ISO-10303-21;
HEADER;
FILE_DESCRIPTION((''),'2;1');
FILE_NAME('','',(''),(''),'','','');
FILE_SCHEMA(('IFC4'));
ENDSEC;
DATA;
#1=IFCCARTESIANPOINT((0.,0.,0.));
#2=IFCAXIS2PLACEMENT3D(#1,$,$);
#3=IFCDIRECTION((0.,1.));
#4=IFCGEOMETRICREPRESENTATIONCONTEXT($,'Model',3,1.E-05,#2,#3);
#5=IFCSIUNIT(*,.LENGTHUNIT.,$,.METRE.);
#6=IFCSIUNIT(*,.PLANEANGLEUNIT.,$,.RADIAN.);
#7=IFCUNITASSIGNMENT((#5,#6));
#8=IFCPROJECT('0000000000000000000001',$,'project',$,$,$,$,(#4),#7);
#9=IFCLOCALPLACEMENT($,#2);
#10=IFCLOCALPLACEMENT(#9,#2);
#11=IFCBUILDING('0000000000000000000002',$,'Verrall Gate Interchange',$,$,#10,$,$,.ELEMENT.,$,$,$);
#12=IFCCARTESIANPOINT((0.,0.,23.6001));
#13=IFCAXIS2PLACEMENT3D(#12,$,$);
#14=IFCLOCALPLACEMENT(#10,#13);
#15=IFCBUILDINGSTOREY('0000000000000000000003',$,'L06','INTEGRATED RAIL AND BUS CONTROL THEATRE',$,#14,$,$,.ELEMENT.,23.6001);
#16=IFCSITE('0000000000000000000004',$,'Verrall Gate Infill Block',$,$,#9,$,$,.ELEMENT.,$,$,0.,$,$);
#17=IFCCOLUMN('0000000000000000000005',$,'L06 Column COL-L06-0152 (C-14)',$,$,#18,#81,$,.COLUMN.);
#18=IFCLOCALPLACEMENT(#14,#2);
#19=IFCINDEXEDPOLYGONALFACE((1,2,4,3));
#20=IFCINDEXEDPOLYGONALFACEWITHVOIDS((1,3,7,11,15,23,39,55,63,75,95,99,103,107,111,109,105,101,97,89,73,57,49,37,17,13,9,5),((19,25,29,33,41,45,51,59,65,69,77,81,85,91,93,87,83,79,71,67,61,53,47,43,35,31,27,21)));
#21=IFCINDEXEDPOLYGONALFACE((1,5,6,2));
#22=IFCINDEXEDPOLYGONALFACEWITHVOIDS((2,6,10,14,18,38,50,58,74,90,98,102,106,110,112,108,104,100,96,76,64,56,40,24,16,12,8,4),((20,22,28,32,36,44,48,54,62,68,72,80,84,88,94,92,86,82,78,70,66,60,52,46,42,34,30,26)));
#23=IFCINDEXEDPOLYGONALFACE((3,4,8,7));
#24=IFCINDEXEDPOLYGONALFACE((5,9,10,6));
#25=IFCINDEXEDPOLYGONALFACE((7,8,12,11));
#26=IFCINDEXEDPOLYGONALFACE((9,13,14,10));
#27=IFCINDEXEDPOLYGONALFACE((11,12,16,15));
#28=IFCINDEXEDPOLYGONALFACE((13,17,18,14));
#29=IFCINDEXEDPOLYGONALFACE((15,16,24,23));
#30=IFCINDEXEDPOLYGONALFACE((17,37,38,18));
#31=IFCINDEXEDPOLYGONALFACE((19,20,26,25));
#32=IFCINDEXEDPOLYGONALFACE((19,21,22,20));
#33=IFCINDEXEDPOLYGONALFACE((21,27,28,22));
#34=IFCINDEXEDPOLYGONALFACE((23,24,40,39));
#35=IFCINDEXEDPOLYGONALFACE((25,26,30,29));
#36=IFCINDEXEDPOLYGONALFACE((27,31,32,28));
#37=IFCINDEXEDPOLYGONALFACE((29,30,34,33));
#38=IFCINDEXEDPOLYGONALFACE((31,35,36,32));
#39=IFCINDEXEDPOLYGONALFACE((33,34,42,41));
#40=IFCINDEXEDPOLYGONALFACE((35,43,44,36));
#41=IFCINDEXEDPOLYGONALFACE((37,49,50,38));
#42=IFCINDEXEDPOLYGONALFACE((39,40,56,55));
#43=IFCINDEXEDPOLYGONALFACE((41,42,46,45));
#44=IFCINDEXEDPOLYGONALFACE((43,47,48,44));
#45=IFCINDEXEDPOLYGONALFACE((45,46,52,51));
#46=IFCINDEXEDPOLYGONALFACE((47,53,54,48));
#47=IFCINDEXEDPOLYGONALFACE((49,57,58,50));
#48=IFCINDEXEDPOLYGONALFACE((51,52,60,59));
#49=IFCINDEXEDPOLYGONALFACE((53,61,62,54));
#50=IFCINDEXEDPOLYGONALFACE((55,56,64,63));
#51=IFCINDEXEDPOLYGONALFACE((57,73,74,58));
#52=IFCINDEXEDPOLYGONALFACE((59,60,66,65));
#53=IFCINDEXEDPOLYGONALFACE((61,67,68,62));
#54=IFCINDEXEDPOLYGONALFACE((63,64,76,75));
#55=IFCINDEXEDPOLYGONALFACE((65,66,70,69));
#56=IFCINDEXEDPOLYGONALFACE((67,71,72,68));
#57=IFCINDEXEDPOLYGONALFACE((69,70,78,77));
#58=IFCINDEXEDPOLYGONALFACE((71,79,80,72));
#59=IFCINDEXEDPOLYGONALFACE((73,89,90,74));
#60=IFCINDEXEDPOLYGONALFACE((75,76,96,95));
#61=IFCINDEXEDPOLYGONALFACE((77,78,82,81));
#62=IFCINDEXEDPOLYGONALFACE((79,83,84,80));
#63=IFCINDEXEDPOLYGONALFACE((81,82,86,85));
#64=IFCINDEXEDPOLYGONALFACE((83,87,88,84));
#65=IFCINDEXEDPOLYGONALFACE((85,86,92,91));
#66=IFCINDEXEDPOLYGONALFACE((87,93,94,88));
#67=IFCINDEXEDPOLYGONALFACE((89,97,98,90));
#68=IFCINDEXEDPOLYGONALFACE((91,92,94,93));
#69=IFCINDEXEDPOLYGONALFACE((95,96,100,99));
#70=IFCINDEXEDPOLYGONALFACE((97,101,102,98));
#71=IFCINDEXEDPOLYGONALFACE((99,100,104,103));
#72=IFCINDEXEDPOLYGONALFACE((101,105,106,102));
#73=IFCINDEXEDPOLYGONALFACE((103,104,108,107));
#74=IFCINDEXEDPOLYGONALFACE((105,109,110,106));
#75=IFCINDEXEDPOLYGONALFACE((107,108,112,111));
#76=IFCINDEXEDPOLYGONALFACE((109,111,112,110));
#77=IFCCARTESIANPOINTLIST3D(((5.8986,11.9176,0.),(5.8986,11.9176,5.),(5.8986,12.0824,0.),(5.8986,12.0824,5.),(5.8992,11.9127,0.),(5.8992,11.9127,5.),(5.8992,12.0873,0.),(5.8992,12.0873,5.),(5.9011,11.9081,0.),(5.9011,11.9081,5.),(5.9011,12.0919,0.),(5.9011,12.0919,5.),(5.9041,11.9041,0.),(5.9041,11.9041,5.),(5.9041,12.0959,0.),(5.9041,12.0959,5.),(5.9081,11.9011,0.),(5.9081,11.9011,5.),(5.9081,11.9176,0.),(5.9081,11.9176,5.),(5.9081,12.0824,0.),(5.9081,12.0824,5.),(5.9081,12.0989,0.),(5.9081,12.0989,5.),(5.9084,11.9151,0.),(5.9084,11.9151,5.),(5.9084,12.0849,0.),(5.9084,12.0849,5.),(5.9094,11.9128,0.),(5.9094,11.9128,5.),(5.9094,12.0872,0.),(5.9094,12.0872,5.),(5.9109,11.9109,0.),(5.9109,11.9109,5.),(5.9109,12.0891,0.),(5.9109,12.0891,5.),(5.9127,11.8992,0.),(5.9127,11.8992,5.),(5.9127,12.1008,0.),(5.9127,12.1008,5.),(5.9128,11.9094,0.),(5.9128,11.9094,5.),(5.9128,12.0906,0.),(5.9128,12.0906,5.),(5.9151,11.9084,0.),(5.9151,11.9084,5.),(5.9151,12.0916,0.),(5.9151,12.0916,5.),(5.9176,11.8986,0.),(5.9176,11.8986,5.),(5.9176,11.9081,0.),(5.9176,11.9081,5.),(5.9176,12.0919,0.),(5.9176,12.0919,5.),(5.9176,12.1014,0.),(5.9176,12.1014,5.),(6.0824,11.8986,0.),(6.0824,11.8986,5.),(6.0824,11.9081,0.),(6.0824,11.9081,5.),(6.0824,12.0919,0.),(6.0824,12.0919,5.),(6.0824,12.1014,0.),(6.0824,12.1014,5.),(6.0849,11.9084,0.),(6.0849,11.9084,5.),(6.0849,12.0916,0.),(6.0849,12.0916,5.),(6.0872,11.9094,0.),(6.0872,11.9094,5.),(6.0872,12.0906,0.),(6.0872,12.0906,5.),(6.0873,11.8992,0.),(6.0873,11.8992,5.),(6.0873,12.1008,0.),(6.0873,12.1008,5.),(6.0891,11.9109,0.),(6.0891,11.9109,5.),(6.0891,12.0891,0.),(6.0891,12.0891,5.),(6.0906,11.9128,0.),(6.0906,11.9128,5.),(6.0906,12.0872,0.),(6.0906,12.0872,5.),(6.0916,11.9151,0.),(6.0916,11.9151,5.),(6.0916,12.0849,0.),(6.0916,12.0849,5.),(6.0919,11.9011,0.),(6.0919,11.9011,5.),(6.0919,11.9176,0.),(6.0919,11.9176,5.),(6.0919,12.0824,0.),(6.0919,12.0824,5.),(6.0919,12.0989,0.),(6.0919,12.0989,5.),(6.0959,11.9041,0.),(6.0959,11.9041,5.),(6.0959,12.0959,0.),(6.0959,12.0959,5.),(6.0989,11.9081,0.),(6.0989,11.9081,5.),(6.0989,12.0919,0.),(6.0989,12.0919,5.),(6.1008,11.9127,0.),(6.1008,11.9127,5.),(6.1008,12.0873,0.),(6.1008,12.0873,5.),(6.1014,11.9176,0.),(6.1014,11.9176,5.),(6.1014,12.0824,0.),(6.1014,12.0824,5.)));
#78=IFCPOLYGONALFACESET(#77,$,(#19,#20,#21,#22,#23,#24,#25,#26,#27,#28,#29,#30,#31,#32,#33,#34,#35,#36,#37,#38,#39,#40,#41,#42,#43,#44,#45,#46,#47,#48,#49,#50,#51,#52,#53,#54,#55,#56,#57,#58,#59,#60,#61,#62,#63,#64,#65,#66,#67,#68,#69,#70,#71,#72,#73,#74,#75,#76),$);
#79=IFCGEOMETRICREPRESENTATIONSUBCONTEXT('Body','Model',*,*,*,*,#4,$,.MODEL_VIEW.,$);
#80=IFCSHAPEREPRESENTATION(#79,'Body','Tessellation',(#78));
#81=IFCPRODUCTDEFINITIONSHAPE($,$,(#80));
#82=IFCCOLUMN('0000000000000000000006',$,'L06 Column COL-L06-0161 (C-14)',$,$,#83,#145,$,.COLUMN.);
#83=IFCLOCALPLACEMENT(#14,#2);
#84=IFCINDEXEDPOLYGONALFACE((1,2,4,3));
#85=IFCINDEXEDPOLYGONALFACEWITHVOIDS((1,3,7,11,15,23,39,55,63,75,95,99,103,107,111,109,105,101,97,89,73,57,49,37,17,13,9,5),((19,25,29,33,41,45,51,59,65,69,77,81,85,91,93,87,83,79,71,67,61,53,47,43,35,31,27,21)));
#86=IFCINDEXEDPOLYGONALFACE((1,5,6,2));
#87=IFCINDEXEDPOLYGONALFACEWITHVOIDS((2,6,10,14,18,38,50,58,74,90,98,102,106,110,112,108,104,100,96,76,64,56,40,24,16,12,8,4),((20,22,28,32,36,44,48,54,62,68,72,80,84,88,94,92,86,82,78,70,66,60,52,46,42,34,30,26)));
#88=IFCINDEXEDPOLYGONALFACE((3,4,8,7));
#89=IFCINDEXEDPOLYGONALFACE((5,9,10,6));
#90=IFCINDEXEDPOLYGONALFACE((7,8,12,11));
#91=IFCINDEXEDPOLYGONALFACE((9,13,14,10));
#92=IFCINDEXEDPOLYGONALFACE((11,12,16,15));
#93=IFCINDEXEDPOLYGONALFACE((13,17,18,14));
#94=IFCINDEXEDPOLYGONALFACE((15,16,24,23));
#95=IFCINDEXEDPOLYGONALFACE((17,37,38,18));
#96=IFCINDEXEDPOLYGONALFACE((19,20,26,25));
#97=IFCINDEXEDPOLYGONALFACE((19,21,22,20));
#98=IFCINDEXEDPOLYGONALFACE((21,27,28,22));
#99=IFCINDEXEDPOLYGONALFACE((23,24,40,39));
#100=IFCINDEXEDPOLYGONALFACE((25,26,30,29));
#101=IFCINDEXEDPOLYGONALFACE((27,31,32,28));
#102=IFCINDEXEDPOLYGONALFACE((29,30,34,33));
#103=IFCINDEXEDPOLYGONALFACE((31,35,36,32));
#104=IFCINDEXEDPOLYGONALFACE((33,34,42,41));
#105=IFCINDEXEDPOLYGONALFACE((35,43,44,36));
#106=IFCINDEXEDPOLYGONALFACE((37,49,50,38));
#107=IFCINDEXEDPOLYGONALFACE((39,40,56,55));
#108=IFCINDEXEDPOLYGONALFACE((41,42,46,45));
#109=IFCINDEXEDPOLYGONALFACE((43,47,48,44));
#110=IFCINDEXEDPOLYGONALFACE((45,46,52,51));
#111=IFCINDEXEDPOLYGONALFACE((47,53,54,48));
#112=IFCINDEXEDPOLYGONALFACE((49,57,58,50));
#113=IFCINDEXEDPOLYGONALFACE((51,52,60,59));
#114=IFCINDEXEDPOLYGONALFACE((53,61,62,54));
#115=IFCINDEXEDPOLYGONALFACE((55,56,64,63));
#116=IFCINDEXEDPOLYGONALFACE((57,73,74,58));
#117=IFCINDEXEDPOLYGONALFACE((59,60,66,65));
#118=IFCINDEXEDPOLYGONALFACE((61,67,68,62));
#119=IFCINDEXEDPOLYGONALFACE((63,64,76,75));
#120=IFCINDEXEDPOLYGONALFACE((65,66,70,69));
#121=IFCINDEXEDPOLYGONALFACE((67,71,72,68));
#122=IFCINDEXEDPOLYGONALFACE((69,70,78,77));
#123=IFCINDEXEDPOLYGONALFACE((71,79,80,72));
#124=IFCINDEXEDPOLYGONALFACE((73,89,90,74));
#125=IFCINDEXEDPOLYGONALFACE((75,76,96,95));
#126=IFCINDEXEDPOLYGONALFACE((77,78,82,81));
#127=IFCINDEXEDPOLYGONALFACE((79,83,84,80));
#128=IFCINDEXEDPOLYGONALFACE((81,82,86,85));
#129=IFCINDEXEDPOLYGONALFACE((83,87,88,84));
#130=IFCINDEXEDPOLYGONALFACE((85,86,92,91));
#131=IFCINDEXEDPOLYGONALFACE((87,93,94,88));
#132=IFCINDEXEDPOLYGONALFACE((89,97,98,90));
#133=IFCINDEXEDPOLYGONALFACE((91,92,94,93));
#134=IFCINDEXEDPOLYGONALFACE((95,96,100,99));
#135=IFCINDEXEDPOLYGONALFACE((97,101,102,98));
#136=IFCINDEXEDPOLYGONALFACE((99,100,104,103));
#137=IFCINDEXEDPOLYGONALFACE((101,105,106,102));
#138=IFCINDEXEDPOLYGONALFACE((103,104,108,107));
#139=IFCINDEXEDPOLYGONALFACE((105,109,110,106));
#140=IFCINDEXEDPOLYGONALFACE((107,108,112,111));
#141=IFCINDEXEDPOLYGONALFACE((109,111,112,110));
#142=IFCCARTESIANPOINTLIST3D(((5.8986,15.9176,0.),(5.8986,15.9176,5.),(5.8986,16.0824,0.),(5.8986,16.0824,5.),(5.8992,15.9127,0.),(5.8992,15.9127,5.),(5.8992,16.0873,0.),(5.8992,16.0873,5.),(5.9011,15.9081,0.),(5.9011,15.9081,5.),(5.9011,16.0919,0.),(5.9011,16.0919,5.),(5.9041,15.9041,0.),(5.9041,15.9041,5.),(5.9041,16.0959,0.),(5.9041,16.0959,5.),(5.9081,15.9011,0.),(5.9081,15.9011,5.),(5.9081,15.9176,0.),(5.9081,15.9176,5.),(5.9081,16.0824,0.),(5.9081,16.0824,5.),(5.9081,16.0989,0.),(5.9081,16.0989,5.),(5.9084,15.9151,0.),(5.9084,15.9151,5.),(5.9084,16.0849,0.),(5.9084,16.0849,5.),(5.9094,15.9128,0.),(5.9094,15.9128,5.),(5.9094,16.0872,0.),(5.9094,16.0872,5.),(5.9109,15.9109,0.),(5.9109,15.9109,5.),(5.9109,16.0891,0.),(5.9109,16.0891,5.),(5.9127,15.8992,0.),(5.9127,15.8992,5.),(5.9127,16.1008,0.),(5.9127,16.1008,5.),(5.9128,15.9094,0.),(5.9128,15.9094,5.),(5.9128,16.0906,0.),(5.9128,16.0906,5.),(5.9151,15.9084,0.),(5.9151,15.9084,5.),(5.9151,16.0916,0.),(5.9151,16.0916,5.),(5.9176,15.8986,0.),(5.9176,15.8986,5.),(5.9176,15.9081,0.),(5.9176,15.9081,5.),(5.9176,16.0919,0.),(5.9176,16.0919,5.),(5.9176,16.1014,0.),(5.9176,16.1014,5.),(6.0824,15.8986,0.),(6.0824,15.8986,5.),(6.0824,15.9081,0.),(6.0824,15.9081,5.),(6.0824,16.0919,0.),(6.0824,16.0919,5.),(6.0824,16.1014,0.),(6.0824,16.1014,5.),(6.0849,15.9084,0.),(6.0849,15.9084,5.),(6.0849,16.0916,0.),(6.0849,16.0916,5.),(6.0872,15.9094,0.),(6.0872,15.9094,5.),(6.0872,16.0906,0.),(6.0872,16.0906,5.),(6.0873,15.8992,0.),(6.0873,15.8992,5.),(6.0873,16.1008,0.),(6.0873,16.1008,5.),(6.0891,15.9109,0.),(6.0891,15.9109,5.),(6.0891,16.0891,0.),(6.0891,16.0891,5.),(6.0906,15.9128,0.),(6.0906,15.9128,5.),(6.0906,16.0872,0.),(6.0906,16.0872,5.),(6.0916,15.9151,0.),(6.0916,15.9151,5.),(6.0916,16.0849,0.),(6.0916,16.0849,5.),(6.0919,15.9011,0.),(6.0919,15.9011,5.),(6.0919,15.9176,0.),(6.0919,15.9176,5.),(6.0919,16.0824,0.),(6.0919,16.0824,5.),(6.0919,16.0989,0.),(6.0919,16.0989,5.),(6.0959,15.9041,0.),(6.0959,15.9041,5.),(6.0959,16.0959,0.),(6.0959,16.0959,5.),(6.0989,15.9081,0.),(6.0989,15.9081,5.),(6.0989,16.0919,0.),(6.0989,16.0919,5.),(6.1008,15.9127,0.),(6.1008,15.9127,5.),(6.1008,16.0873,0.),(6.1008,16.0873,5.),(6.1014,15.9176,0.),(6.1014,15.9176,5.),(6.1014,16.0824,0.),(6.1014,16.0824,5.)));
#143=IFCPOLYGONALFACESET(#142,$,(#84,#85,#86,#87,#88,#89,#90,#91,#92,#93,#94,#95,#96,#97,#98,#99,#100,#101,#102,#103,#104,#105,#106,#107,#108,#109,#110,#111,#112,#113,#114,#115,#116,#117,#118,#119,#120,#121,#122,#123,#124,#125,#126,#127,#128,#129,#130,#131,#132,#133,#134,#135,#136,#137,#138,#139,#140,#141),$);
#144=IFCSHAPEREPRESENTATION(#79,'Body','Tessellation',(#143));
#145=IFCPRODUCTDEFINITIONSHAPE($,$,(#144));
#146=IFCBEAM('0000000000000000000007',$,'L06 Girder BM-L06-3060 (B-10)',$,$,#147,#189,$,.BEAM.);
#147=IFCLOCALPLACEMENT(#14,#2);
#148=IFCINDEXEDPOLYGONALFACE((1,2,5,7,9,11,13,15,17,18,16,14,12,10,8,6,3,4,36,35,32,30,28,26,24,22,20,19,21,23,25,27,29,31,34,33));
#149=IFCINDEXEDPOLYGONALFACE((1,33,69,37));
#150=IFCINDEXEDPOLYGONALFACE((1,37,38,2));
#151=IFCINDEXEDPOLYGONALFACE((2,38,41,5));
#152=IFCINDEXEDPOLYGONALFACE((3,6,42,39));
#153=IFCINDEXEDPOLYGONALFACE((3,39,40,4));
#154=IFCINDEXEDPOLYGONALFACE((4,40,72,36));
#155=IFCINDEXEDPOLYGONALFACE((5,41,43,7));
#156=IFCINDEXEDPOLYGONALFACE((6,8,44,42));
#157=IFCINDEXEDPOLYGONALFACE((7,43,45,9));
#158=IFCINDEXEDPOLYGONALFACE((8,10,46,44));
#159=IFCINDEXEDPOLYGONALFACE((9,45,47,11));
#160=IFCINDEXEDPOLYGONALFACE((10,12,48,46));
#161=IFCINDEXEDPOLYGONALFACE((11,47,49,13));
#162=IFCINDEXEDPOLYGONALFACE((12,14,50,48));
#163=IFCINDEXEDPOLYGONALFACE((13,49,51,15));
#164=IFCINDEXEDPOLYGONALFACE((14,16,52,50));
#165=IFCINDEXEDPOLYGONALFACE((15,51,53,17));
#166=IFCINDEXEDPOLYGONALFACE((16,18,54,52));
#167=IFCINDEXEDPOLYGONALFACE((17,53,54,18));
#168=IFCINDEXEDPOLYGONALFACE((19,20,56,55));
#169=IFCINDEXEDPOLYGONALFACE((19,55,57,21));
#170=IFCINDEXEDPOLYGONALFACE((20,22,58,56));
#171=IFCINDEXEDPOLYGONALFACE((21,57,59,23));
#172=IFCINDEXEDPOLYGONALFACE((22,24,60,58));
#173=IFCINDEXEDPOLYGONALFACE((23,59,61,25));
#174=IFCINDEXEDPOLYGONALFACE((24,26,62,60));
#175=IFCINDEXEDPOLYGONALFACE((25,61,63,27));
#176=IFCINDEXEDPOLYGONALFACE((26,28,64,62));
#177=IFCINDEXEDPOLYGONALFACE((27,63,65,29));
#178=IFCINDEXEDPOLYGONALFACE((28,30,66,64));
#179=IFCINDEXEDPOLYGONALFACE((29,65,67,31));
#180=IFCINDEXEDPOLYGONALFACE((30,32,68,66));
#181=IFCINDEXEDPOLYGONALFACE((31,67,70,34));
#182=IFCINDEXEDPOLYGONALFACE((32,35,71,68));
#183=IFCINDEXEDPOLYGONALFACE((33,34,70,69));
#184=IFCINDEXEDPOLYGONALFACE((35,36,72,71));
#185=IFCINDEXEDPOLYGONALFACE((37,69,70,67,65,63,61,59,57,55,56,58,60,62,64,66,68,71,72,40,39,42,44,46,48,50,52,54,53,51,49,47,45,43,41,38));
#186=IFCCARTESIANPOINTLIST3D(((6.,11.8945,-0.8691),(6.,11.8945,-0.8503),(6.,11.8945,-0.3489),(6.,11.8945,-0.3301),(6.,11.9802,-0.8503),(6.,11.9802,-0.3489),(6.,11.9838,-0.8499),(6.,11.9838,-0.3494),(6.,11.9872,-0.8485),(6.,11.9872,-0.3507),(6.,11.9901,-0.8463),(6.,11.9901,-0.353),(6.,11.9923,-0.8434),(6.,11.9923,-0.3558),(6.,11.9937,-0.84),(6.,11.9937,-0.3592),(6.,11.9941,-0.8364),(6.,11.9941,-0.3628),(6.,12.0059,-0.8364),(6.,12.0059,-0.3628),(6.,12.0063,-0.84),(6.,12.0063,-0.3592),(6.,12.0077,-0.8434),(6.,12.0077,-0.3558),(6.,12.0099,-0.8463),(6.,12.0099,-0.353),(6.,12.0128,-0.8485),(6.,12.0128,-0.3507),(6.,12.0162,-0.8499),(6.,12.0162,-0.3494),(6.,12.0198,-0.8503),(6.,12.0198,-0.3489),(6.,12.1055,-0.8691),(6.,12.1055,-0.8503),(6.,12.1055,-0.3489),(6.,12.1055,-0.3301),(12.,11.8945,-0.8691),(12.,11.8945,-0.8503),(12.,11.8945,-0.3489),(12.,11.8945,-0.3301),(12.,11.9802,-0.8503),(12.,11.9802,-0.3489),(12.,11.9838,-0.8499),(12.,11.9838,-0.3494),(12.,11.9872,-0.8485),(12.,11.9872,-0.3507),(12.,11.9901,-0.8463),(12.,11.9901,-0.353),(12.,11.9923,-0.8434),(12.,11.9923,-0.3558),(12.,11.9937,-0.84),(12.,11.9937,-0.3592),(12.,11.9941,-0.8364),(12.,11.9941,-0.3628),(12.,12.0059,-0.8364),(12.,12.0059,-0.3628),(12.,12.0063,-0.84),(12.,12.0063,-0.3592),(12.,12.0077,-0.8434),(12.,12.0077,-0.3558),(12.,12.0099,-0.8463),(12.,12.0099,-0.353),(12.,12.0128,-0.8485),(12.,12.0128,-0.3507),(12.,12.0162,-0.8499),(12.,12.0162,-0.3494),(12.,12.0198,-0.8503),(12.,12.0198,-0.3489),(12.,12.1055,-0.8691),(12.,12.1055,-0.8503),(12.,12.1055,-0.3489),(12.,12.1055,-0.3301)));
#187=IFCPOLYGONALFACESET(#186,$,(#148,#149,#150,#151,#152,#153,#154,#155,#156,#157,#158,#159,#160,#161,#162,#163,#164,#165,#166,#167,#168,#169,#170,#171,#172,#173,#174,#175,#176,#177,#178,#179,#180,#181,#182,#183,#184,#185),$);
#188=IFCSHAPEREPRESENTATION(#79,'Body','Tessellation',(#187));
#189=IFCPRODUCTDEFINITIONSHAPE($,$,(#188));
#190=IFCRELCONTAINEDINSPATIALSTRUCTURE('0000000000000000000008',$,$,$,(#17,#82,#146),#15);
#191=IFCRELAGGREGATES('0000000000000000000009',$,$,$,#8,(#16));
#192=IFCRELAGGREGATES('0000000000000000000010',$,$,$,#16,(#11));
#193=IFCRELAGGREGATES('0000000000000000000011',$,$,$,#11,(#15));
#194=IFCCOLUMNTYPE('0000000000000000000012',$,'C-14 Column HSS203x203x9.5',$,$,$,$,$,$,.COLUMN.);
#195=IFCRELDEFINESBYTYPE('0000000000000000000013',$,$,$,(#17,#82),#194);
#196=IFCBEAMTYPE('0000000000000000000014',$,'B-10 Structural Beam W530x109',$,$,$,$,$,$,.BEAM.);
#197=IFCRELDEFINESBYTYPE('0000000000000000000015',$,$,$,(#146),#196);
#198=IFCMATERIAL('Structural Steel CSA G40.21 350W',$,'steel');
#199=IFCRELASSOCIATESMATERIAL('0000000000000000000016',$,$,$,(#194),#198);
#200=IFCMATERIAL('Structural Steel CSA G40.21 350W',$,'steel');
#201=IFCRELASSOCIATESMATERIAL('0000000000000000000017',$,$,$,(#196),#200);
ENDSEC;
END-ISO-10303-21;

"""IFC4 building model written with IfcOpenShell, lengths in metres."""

from ifc_helpers import new_model, si_unit, direction, frame, origin, origin_2d, place, context, subcontext, project, spatial, hollow_rectangle, i_section, extrude, material, material_profile, profile_set, type_object, element, save


model = new_model("IFC4")

# Units and contexts
model_context = context("Model", 3, precision=1e-05, world=origin(), true_north=direction((0.0, 1.0)))
body_context = subcontext(model_context, "Body", "Model", "MODEL_VIEW")
ifc_project = project(units=[si_unit("LENGTHUNIT", "METRE"), si_unit("PLANEANGLEUNIT", "RADIAN")], contexts=[model_context])

# Site, building, storey
site_placement = place(None, origin())
site = spatial("IfcSite", under=ifc_project, at=site_placement, Name="Verrall Gate Infill Block", CompositionType="ELEMENT", RefElevation=0.0)
building_placement = place(site_placement, origin())
building = spatial("IfcBuilding", under=site, at=building_placement, Name="Verrall Gate Interchange", CompositionType="ELEMENT")
storey_placement = place(building_placement, frame((0.0, 0.0, 23.6001)))
storey = spatial("IfcBuildingStorey", under=building, at=storey_placement, Name="L06", Description="INTEGRATED RAIL AND BUS CONTROL THEATRE", CompositionType="ELEMENT", Elevation=23.6001)

# Columns
ifc_material_1 = material(Name="Structural Steel CSA G40.21 350W", Category="steel")
ifc_material_profile_1 = material_profile(ifc_material_1, hollow_rectangle(XDim=0.2029, YDim=0.2029, WallThickness=0.0095, InnerFilletRadius=0.0095, OuterFilletRadius=0.019, at=origin_2d()), Name="HSS203x203x9.5")
ifc_profile_set_1 = profile_set([ifc_material_profile_1], Name="Structural Steel CSA G40.21 350W")
column_type = type_object("IfcColumnType", Name="C-14 Column HSS203x203x9.5", PredefinedType="COLUMN", material=ifc_profile_set_1)
for number, where, z_axis, x_axis, name in (
    (1, (6.0, 12.0, 0.0), (0.0, 0.0, 1.0), (1.0, 0.0, 0.0), "L06 Column COL-L06-0152 (C-14)"),
    (2, (6.0, 16.0, 0.0), (0.0, 0.0, 1.0), (1.0, 0.0, 0.0), "L06 Column COL-L06-0161 (C-14)"),
):
    element("IfcColumn", number, at=place(storey_placement, frame(where, z_axis=z_axis, x_axis=x_axis)), inside=storey, type_object=column_type, Name=name, PredefinedType="COLUMN", context=body_context, shape_type="SweptSolid", body=[
        extrude(hollow_rectangle(XDim=0.2029, YDim=0.2029, WallThickness=0.0095, InnerFilletRadius=0.0095, OuterFilletRadius=0.019, at=origin_2d()), origin(), (0.0, 0.0, 1.0), 5.0),
    ])

# Beam
ifc_material_2 = material(Name="Structural Steel CSA G40.21 350W", Category="steel")
ifc_material_profile_2 = material_profile(ifc_material_2, i_section(OverallWidth=0.2109, OverallDepth=0.5391, WebThickness=0.0117, FlangeThickness=0.0188, FilletRadius=0.0139, at=origin_2d()), Name="W530x109")
ifc_profile_set_2 = profile_set([ifc_material_profile_2], Name="Structural Steel CSA G40.21 350W")
beam_type_1 = type_object("IfcBeamType", Name="B-10 Structural Beam W530x109", PredefinedType="BEAM", material=ifc_profile_set_2)
beam_1_placement = place(storey_placement, frame((6.0, 12.0, -0.5996), z_axis=(1.0, 0.0, 0.0), x_axis=(0.0, 1.0, 0.0)))
element("IfcBeam", 3, at=beam_1_placement, inside=storey, type_object=beam_type_1, Name="L06 Girder BM-L06-3060 (B-10)", PredefinedType="BEAM", context=body_context, shape_type="SweptSolid", body=[
    extrude(i_section(OverallWidth=0.2109, OverallDepth=0.5391, WebThickness=0.0117, FlangeThickness=0.0188, FilletRadius=0.0139, at=origin_2d()), origin(), (0.0, 0.0, 1.0), 6.0),
])

save(model, "model.ifc")
